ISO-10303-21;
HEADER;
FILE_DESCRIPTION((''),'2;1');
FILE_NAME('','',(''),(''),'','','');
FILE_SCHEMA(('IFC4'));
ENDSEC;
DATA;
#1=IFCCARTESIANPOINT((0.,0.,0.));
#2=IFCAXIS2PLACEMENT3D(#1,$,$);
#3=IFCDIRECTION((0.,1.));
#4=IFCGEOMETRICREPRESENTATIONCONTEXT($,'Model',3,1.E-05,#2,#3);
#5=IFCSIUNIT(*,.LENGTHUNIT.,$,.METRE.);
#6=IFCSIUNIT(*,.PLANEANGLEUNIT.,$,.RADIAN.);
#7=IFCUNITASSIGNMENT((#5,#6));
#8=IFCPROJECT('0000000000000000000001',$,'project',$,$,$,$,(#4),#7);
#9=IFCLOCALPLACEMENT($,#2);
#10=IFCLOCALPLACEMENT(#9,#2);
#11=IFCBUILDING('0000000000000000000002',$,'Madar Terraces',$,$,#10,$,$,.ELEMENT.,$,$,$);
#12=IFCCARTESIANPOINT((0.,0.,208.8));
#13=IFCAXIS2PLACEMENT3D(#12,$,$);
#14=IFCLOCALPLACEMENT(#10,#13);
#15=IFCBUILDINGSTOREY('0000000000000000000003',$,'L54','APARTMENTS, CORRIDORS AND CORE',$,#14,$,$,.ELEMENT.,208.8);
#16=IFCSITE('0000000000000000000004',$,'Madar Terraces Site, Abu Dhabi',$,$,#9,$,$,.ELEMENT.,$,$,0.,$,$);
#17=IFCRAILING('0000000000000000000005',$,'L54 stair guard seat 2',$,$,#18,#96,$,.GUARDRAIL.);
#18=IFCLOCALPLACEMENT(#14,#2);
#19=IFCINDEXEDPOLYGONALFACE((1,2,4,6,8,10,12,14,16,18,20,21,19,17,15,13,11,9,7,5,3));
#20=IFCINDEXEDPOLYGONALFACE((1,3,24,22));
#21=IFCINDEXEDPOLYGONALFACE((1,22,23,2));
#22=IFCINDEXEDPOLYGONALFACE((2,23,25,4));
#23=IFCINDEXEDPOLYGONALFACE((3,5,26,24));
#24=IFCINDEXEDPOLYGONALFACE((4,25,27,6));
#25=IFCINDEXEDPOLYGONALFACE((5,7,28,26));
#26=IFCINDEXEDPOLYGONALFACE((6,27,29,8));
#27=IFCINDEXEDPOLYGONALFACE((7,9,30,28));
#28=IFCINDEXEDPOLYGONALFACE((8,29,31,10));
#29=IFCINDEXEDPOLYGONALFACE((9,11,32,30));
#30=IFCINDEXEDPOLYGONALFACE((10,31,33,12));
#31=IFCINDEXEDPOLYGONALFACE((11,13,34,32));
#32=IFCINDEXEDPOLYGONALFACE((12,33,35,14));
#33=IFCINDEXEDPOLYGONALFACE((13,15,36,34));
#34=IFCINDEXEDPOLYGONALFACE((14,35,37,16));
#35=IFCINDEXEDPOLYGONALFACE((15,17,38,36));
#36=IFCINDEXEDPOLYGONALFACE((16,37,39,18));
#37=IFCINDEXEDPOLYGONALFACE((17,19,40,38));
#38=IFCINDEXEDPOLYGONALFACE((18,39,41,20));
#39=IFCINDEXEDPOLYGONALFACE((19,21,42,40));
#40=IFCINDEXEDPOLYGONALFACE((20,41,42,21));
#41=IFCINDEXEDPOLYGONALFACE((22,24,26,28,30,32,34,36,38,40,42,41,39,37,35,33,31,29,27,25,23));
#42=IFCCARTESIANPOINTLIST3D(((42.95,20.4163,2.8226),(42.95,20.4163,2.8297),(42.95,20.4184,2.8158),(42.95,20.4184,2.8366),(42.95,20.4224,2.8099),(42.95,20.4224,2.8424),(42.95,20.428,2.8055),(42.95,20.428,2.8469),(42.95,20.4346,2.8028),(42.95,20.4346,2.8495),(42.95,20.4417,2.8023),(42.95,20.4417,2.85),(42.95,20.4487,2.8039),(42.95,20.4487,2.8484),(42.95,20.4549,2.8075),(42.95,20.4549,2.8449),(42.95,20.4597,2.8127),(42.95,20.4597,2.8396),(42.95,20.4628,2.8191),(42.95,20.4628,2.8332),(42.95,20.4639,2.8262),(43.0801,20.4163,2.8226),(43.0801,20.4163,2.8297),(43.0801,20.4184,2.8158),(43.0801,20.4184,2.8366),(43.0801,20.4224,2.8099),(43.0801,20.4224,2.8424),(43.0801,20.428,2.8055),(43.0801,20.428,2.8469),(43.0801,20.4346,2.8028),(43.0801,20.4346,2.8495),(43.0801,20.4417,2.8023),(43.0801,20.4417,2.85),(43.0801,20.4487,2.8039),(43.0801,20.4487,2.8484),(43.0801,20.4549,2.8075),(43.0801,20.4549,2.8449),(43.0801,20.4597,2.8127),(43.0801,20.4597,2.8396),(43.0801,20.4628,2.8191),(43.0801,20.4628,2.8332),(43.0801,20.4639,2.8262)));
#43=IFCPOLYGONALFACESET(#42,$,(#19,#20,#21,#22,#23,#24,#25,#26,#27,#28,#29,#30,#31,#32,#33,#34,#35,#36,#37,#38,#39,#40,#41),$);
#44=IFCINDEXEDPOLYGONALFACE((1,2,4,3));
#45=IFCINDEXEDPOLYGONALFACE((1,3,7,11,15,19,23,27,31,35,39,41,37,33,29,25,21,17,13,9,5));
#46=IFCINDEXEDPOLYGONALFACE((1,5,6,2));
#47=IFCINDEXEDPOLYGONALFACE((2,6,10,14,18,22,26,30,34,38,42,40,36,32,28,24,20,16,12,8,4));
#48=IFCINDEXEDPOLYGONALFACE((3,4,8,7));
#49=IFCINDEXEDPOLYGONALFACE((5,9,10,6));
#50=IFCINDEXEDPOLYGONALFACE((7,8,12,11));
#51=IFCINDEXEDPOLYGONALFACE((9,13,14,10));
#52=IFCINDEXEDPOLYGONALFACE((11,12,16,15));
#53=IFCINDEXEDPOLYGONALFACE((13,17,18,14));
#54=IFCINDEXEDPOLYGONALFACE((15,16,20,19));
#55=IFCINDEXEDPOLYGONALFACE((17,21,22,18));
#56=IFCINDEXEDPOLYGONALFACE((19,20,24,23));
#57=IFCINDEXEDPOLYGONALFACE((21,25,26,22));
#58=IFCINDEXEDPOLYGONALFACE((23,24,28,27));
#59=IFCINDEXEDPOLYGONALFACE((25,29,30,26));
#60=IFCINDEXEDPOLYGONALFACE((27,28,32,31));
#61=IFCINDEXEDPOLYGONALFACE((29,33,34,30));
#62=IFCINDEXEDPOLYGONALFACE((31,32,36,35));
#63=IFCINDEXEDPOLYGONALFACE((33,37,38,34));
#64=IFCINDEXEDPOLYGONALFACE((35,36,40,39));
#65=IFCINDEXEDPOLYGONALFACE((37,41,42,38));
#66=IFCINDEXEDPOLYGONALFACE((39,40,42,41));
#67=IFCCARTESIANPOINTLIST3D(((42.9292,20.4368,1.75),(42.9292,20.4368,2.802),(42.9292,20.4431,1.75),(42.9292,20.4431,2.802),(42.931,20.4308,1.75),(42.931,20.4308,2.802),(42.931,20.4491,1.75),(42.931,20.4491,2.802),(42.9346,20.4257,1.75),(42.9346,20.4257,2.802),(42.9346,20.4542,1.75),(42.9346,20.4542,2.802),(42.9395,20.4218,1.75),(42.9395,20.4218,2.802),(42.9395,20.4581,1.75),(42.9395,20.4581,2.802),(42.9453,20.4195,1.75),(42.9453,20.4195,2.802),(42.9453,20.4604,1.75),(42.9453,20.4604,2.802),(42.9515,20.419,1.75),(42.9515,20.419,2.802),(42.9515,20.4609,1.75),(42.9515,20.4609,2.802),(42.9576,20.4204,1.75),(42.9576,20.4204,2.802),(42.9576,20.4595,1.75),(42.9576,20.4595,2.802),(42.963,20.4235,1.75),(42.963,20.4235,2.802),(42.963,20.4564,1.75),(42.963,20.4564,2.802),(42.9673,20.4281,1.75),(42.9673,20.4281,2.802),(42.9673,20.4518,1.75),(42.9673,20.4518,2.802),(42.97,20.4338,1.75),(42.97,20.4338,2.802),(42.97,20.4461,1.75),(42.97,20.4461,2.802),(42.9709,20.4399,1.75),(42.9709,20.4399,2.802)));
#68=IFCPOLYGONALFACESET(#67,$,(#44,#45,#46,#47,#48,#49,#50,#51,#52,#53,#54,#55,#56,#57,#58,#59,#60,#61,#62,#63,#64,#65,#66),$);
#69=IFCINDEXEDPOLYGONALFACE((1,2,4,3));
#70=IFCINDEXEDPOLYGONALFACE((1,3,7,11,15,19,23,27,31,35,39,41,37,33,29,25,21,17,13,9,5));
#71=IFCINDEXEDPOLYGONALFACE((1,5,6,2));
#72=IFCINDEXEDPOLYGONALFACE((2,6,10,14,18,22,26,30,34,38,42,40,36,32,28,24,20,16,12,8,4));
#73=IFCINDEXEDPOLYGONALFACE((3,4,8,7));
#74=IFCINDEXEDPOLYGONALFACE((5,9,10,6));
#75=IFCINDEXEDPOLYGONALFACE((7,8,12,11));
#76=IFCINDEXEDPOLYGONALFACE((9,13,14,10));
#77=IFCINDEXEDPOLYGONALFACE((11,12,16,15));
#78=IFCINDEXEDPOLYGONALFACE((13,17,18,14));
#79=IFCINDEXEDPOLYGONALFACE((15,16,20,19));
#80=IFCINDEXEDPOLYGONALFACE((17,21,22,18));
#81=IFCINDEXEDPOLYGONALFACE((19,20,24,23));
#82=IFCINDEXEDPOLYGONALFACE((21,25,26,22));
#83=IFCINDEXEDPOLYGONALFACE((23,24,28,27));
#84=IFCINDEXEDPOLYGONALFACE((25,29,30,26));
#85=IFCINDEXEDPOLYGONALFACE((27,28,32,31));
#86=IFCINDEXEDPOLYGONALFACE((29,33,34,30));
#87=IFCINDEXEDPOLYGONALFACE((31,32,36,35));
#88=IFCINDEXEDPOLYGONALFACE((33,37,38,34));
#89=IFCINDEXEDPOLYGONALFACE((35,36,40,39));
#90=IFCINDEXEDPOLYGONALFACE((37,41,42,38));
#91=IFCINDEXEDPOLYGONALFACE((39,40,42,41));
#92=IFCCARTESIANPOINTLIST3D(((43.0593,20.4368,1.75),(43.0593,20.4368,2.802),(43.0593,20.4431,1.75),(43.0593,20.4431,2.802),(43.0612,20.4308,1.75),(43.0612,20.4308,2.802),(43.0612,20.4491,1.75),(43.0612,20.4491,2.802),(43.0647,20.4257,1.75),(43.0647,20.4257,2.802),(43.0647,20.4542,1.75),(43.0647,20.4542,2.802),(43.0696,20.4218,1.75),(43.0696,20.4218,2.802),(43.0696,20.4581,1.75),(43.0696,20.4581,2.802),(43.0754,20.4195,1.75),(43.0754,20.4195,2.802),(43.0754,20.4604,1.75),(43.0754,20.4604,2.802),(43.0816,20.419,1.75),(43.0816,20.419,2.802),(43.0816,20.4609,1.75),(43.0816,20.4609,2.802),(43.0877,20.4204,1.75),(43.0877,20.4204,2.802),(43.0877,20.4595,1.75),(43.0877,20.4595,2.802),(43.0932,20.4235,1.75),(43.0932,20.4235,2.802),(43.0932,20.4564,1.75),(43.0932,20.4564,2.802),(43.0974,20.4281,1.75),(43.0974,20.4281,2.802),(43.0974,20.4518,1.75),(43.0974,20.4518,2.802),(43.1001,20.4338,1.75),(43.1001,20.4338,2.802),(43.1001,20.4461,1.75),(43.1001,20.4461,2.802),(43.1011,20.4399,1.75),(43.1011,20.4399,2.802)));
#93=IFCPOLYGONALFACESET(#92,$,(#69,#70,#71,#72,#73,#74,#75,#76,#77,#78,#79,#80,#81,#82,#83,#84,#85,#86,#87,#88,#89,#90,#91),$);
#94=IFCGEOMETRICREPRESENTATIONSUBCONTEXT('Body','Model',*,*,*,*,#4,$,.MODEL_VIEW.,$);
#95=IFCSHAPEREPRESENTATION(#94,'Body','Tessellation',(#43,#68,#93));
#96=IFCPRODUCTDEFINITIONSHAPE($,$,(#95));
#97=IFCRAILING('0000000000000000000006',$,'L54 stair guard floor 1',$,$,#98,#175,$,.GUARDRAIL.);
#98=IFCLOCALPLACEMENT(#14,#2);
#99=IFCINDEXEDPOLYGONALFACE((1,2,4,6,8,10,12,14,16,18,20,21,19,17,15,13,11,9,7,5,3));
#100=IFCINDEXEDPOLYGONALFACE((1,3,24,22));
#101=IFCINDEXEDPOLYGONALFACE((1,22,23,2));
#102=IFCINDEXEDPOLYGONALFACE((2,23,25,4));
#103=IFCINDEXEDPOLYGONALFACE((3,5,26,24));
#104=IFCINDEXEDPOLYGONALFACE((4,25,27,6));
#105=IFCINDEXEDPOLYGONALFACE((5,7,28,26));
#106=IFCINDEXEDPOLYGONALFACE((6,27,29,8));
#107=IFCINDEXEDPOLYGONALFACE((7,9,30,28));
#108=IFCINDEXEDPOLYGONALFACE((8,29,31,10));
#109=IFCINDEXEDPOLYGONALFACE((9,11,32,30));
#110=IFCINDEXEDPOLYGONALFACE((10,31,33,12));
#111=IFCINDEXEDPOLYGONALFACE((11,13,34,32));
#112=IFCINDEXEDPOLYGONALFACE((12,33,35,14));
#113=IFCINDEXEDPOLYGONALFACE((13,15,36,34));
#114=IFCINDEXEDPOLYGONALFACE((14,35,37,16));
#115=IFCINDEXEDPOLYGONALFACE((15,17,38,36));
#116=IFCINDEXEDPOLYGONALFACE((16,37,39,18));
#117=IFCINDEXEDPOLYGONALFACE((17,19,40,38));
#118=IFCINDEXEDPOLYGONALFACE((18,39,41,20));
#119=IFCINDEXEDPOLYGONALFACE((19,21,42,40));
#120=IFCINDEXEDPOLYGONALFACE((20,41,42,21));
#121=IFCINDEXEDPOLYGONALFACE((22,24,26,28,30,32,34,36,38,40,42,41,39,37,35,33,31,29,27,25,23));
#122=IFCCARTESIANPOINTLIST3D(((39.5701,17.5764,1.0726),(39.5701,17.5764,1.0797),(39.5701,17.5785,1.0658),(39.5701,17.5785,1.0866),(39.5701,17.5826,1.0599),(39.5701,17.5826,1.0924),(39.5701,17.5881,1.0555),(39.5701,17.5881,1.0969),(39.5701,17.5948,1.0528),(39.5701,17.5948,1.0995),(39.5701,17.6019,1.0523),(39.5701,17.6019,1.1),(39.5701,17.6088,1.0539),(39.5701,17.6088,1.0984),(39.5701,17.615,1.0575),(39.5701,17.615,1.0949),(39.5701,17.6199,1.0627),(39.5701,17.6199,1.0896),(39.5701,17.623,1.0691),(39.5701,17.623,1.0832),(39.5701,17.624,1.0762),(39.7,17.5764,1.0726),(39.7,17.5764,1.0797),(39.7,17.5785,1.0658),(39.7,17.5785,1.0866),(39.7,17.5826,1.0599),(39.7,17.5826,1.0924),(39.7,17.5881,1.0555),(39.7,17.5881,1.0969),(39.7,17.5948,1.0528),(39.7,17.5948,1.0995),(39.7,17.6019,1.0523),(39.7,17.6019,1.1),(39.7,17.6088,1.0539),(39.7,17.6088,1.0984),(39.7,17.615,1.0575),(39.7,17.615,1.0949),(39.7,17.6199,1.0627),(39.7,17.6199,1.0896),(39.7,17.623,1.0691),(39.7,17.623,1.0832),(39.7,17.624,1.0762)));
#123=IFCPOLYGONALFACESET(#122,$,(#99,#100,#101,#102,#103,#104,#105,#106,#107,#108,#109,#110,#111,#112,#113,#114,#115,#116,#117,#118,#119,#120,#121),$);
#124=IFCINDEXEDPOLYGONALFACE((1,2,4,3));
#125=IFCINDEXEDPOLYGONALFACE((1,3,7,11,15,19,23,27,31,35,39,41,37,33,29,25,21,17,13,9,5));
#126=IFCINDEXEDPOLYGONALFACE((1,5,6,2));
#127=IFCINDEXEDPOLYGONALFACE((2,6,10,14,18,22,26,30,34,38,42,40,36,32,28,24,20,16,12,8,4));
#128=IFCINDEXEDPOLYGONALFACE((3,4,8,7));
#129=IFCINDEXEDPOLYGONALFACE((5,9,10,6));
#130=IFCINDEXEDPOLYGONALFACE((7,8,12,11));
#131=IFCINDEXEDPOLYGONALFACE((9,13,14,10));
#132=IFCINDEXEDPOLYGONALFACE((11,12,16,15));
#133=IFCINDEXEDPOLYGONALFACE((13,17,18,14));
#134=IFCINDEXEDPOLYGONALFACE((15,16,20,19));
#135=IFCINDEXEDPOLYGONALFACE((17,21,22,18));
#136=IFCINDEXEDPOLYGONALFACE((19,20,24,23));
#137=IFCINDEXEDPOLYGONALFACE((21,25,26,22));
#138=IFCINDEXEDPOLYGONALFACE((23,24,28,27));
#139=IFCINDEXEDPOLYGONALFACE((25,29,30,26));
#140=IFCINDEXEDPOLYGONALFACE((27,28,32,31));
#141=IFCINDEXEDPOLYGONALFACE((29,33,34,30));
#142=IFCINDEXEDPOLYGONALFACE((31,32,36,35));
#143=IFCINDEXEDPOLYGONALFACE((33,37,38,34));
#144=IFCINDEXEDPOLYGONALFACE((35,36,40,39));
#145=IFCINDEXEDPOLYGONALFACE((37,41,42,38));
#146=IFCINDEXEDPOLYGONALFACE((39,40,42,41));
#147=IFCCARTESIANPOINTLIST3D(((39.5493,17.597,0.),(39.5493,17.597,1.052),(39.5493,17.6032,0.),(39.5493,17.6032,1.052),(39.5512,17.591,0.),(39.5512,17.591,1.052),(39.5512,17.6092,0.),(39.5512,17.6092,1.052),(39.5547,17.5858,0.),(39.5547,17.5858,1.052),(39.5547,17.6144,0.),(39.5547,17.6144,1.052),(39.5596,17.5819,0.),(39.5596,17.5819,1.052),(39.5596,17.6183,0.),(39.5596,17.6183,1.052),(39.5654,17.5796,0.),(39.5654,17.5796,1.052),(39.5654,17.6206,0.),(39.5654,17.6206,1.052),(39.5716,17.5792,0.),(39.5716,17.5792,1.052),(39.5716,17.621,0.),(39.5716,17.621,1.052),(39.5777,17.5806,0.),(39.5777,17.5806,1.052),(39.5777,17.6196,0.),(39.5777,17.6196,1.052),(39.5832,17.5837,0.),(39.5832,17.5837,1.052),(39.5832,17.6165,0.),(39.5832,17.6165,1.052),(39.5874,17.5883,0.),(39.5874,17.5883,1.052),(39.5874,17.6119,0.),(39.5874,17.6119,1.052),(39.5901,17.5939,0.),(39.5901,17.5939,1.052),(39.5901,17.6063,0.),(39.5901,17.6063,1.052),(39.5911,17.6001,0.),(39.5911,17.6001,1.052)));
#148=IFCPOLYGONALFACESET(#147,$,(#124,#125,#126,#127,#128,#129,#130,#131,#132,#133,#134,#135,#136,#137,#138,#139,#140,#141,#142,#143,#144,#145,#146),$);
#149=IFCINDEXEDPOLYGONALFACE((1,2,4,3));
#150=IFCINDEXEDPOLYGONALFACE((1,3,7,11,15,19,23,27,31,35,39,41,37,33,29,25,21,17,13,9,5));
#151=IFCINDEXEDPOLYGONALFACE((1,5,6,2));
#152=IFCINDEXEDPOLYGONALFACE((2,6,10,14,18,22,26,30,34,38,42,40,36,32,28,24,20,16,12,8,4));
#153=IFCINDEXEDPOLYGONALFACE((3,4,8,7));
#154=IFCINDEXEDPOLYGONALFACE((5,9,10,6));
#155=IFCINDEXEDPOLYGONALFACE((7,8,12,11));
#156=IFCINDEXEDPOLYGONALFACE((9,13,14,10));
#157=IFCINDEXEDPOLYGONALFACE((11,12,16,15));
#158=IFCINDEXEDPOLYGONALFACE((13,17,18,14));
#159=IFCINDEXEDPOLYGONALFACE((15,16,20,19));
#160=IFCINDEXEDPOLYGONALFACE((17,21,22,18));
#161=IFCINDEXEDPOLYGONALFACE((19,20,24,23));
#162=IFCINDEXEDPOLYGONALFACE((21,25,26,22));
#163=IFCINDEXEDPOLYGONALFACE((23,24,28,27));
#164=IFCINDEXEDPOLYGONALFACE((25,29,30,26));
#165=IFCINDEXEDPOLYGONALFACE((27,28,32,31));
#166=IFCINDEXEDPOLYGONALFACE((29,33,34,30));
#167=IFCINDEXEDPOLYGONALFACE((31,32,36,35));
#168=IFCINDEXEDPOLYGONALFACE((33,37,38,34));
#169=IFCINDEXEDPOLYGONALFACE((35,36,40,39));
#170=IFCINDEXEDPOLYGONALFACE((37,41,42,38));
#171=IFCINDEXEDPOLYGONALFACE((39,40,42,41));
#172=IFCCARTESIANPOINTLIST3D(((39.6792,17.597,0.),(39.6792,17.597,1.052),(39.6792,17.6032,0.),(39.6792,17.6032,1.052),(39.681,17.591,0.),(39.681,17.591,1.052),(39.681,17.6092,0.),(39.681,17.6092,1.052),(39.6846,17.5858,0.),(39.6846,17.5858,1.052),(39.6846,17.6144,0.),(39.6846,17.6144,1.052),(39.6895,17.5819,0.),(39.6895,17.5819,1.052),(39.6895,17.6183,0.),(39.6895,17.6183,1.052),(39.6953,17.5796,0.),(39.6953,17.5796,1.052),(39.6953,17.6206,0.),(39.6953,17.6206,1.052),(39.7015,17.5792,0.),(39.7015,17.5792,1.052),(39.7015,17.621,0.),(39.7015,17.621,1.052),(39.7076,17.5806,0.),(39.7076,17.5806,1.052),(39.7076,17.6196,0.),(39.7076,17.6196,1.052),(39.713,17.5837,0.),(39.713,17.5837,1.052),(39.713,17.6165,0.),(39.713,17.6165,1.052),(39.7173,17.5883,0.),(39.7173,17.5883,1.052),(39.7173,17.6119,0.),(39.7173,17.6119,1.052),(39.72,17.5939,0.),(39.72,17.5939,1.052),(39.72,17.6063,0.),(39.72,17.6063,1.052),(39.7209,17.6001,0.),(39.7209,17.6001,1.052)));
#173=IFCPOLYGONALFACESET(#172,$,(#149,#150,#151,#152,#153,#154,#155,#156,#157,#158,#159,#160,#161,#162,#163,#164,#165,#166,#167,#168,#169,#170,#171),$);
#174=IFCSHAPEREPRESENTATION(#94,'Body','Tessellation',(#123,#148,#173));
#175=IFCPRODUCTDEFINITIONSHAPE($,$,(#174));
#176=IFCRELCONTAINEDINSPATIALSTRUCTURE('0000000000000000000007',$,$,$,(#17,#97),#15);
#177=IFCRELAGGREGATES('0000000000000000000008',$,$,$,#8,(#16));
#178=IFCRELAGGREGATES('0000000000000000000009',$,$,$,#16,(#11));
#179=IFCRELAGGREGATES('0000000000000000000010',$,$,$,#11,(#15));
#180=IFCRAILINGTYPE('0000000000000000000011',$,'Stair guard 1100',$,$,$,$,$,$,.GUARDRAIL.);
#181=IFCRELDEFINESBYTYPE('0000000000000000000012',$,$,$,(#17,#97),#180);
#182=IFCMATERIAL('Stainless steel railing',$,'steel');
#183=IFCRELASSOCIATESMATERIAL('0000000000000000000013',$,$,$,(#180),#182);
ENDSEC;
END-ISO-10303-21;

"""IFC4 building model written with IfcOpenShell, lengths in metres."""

from ifc_helpers import new_model, si_unit, direction, frame, origin, origin_2d, place, context, subcontext, project, spatial, circle, extrude, material, type_object, element, save


model = new_model("IFC4")

# Units and contexts
model_context = context("Model", 3, precision=1e-05, world=origin(), true_north=direction((0.0, 1.0)))
body_context = subcontext(model_context, "Body", "Model", "MODEL_VIEW")
ifc_project = project(units=[si_unit("LENGTHUNIT", "METRE"), si_unit("PLANEANGLEUNIT", "RADIAN")], contexts=[model_context])

# Site, building, storey
site_placement = place(None, origin())
site = spatial("IfcSite", under=ifc_project, at=site_placement, Name="Madar Terraces Site, Abu Dhabi", CompositionType="ELEMENT", RefElevation=0.0)
building_placement = place(site_placement, origin())
building = spatial("IfcBuilding", under=site, at=building_placement, Name="Madar Terraces", CompositionType="ELEMENT")
storey_placement = place(building_placement, frame((0.0, 0.0, 208.8)))
storey = spatial("IfcBuildingStorey", under=building, at=storey_placement, Name="L54", Description="APARTMENTS, CORRIDORS AND CORE", CompositionType="ELEMENT", Elevation=208.8)

# Railings
ifc_material_1 = material(Name="Stainless steel railing", Category="steel")
railing_type_1 = type_object("IfcRailingType", Name="Stair guard 1100", PredefinedType="GUARDRAIL", material=ifc_material_1)
railing_1_placement = place(storey_placement, frame((42.95, 20.4399, 1.75)))
element("IfcRailing", 1, at=railing_1_placement, inside=storey, type_object=railing_type_1, Name="L54 stair guard seat 2", PredefinedType="GUARDRAIL", context=body_context, shape_type="SweptSolid", body=[
    extrude(circle(Radius=0.0239, at=origin_2d()), frame((0.0, 0.0, 1.0762), z_axis=(1.0, 0.0, 0.0), x_axis=(0.0, 1.0, 0.0)), (0.0, 0.0, 1.0), 0.1301),
    extrude(circle(Radius=0.021, at=origin_2d()), origin(), (0.0, 0.0, 1.0), 1.052),
    extrude(circle(Radius=0.021, at=origin_2d()), frame((0.1301, 0.0, 0.0)), (0.0, 0.0, 1.0), 1.052),
])
railing_2_placement = place(storey_placement, frame((39.5701, 17.6001, 0.0)))
element("IfcRailing", 2, at=railing_2_placement, inside=storey, type_object=railing_type_1, Name="L54 stair guard floor 1", PredefinedType="GUARDRAIL", context=body_context, shape_type="SweptSolid", body=[
    extrude(circle(Radius=0.0239, at=origin_2d()), frame((0.0, 0.0, 1.0762), z_axis=(1.0, 0.0, 0.0), x_axis=(0.0, 1.0, 0.0)), (0.0, 0.0, 1.0), 0.1299),
    extrude(circle(Radius=0.021, at=origin_2d()), origin(), (0.0, 0.0, 1.0), 1.052),
    extrude(circle(Radius=0.021, at=origin_2d()), frame((0.1299, 0.0, 0.0)), (0.0, 0.0, 1.0), 1.052),
])

save(model, "model.ifc")
